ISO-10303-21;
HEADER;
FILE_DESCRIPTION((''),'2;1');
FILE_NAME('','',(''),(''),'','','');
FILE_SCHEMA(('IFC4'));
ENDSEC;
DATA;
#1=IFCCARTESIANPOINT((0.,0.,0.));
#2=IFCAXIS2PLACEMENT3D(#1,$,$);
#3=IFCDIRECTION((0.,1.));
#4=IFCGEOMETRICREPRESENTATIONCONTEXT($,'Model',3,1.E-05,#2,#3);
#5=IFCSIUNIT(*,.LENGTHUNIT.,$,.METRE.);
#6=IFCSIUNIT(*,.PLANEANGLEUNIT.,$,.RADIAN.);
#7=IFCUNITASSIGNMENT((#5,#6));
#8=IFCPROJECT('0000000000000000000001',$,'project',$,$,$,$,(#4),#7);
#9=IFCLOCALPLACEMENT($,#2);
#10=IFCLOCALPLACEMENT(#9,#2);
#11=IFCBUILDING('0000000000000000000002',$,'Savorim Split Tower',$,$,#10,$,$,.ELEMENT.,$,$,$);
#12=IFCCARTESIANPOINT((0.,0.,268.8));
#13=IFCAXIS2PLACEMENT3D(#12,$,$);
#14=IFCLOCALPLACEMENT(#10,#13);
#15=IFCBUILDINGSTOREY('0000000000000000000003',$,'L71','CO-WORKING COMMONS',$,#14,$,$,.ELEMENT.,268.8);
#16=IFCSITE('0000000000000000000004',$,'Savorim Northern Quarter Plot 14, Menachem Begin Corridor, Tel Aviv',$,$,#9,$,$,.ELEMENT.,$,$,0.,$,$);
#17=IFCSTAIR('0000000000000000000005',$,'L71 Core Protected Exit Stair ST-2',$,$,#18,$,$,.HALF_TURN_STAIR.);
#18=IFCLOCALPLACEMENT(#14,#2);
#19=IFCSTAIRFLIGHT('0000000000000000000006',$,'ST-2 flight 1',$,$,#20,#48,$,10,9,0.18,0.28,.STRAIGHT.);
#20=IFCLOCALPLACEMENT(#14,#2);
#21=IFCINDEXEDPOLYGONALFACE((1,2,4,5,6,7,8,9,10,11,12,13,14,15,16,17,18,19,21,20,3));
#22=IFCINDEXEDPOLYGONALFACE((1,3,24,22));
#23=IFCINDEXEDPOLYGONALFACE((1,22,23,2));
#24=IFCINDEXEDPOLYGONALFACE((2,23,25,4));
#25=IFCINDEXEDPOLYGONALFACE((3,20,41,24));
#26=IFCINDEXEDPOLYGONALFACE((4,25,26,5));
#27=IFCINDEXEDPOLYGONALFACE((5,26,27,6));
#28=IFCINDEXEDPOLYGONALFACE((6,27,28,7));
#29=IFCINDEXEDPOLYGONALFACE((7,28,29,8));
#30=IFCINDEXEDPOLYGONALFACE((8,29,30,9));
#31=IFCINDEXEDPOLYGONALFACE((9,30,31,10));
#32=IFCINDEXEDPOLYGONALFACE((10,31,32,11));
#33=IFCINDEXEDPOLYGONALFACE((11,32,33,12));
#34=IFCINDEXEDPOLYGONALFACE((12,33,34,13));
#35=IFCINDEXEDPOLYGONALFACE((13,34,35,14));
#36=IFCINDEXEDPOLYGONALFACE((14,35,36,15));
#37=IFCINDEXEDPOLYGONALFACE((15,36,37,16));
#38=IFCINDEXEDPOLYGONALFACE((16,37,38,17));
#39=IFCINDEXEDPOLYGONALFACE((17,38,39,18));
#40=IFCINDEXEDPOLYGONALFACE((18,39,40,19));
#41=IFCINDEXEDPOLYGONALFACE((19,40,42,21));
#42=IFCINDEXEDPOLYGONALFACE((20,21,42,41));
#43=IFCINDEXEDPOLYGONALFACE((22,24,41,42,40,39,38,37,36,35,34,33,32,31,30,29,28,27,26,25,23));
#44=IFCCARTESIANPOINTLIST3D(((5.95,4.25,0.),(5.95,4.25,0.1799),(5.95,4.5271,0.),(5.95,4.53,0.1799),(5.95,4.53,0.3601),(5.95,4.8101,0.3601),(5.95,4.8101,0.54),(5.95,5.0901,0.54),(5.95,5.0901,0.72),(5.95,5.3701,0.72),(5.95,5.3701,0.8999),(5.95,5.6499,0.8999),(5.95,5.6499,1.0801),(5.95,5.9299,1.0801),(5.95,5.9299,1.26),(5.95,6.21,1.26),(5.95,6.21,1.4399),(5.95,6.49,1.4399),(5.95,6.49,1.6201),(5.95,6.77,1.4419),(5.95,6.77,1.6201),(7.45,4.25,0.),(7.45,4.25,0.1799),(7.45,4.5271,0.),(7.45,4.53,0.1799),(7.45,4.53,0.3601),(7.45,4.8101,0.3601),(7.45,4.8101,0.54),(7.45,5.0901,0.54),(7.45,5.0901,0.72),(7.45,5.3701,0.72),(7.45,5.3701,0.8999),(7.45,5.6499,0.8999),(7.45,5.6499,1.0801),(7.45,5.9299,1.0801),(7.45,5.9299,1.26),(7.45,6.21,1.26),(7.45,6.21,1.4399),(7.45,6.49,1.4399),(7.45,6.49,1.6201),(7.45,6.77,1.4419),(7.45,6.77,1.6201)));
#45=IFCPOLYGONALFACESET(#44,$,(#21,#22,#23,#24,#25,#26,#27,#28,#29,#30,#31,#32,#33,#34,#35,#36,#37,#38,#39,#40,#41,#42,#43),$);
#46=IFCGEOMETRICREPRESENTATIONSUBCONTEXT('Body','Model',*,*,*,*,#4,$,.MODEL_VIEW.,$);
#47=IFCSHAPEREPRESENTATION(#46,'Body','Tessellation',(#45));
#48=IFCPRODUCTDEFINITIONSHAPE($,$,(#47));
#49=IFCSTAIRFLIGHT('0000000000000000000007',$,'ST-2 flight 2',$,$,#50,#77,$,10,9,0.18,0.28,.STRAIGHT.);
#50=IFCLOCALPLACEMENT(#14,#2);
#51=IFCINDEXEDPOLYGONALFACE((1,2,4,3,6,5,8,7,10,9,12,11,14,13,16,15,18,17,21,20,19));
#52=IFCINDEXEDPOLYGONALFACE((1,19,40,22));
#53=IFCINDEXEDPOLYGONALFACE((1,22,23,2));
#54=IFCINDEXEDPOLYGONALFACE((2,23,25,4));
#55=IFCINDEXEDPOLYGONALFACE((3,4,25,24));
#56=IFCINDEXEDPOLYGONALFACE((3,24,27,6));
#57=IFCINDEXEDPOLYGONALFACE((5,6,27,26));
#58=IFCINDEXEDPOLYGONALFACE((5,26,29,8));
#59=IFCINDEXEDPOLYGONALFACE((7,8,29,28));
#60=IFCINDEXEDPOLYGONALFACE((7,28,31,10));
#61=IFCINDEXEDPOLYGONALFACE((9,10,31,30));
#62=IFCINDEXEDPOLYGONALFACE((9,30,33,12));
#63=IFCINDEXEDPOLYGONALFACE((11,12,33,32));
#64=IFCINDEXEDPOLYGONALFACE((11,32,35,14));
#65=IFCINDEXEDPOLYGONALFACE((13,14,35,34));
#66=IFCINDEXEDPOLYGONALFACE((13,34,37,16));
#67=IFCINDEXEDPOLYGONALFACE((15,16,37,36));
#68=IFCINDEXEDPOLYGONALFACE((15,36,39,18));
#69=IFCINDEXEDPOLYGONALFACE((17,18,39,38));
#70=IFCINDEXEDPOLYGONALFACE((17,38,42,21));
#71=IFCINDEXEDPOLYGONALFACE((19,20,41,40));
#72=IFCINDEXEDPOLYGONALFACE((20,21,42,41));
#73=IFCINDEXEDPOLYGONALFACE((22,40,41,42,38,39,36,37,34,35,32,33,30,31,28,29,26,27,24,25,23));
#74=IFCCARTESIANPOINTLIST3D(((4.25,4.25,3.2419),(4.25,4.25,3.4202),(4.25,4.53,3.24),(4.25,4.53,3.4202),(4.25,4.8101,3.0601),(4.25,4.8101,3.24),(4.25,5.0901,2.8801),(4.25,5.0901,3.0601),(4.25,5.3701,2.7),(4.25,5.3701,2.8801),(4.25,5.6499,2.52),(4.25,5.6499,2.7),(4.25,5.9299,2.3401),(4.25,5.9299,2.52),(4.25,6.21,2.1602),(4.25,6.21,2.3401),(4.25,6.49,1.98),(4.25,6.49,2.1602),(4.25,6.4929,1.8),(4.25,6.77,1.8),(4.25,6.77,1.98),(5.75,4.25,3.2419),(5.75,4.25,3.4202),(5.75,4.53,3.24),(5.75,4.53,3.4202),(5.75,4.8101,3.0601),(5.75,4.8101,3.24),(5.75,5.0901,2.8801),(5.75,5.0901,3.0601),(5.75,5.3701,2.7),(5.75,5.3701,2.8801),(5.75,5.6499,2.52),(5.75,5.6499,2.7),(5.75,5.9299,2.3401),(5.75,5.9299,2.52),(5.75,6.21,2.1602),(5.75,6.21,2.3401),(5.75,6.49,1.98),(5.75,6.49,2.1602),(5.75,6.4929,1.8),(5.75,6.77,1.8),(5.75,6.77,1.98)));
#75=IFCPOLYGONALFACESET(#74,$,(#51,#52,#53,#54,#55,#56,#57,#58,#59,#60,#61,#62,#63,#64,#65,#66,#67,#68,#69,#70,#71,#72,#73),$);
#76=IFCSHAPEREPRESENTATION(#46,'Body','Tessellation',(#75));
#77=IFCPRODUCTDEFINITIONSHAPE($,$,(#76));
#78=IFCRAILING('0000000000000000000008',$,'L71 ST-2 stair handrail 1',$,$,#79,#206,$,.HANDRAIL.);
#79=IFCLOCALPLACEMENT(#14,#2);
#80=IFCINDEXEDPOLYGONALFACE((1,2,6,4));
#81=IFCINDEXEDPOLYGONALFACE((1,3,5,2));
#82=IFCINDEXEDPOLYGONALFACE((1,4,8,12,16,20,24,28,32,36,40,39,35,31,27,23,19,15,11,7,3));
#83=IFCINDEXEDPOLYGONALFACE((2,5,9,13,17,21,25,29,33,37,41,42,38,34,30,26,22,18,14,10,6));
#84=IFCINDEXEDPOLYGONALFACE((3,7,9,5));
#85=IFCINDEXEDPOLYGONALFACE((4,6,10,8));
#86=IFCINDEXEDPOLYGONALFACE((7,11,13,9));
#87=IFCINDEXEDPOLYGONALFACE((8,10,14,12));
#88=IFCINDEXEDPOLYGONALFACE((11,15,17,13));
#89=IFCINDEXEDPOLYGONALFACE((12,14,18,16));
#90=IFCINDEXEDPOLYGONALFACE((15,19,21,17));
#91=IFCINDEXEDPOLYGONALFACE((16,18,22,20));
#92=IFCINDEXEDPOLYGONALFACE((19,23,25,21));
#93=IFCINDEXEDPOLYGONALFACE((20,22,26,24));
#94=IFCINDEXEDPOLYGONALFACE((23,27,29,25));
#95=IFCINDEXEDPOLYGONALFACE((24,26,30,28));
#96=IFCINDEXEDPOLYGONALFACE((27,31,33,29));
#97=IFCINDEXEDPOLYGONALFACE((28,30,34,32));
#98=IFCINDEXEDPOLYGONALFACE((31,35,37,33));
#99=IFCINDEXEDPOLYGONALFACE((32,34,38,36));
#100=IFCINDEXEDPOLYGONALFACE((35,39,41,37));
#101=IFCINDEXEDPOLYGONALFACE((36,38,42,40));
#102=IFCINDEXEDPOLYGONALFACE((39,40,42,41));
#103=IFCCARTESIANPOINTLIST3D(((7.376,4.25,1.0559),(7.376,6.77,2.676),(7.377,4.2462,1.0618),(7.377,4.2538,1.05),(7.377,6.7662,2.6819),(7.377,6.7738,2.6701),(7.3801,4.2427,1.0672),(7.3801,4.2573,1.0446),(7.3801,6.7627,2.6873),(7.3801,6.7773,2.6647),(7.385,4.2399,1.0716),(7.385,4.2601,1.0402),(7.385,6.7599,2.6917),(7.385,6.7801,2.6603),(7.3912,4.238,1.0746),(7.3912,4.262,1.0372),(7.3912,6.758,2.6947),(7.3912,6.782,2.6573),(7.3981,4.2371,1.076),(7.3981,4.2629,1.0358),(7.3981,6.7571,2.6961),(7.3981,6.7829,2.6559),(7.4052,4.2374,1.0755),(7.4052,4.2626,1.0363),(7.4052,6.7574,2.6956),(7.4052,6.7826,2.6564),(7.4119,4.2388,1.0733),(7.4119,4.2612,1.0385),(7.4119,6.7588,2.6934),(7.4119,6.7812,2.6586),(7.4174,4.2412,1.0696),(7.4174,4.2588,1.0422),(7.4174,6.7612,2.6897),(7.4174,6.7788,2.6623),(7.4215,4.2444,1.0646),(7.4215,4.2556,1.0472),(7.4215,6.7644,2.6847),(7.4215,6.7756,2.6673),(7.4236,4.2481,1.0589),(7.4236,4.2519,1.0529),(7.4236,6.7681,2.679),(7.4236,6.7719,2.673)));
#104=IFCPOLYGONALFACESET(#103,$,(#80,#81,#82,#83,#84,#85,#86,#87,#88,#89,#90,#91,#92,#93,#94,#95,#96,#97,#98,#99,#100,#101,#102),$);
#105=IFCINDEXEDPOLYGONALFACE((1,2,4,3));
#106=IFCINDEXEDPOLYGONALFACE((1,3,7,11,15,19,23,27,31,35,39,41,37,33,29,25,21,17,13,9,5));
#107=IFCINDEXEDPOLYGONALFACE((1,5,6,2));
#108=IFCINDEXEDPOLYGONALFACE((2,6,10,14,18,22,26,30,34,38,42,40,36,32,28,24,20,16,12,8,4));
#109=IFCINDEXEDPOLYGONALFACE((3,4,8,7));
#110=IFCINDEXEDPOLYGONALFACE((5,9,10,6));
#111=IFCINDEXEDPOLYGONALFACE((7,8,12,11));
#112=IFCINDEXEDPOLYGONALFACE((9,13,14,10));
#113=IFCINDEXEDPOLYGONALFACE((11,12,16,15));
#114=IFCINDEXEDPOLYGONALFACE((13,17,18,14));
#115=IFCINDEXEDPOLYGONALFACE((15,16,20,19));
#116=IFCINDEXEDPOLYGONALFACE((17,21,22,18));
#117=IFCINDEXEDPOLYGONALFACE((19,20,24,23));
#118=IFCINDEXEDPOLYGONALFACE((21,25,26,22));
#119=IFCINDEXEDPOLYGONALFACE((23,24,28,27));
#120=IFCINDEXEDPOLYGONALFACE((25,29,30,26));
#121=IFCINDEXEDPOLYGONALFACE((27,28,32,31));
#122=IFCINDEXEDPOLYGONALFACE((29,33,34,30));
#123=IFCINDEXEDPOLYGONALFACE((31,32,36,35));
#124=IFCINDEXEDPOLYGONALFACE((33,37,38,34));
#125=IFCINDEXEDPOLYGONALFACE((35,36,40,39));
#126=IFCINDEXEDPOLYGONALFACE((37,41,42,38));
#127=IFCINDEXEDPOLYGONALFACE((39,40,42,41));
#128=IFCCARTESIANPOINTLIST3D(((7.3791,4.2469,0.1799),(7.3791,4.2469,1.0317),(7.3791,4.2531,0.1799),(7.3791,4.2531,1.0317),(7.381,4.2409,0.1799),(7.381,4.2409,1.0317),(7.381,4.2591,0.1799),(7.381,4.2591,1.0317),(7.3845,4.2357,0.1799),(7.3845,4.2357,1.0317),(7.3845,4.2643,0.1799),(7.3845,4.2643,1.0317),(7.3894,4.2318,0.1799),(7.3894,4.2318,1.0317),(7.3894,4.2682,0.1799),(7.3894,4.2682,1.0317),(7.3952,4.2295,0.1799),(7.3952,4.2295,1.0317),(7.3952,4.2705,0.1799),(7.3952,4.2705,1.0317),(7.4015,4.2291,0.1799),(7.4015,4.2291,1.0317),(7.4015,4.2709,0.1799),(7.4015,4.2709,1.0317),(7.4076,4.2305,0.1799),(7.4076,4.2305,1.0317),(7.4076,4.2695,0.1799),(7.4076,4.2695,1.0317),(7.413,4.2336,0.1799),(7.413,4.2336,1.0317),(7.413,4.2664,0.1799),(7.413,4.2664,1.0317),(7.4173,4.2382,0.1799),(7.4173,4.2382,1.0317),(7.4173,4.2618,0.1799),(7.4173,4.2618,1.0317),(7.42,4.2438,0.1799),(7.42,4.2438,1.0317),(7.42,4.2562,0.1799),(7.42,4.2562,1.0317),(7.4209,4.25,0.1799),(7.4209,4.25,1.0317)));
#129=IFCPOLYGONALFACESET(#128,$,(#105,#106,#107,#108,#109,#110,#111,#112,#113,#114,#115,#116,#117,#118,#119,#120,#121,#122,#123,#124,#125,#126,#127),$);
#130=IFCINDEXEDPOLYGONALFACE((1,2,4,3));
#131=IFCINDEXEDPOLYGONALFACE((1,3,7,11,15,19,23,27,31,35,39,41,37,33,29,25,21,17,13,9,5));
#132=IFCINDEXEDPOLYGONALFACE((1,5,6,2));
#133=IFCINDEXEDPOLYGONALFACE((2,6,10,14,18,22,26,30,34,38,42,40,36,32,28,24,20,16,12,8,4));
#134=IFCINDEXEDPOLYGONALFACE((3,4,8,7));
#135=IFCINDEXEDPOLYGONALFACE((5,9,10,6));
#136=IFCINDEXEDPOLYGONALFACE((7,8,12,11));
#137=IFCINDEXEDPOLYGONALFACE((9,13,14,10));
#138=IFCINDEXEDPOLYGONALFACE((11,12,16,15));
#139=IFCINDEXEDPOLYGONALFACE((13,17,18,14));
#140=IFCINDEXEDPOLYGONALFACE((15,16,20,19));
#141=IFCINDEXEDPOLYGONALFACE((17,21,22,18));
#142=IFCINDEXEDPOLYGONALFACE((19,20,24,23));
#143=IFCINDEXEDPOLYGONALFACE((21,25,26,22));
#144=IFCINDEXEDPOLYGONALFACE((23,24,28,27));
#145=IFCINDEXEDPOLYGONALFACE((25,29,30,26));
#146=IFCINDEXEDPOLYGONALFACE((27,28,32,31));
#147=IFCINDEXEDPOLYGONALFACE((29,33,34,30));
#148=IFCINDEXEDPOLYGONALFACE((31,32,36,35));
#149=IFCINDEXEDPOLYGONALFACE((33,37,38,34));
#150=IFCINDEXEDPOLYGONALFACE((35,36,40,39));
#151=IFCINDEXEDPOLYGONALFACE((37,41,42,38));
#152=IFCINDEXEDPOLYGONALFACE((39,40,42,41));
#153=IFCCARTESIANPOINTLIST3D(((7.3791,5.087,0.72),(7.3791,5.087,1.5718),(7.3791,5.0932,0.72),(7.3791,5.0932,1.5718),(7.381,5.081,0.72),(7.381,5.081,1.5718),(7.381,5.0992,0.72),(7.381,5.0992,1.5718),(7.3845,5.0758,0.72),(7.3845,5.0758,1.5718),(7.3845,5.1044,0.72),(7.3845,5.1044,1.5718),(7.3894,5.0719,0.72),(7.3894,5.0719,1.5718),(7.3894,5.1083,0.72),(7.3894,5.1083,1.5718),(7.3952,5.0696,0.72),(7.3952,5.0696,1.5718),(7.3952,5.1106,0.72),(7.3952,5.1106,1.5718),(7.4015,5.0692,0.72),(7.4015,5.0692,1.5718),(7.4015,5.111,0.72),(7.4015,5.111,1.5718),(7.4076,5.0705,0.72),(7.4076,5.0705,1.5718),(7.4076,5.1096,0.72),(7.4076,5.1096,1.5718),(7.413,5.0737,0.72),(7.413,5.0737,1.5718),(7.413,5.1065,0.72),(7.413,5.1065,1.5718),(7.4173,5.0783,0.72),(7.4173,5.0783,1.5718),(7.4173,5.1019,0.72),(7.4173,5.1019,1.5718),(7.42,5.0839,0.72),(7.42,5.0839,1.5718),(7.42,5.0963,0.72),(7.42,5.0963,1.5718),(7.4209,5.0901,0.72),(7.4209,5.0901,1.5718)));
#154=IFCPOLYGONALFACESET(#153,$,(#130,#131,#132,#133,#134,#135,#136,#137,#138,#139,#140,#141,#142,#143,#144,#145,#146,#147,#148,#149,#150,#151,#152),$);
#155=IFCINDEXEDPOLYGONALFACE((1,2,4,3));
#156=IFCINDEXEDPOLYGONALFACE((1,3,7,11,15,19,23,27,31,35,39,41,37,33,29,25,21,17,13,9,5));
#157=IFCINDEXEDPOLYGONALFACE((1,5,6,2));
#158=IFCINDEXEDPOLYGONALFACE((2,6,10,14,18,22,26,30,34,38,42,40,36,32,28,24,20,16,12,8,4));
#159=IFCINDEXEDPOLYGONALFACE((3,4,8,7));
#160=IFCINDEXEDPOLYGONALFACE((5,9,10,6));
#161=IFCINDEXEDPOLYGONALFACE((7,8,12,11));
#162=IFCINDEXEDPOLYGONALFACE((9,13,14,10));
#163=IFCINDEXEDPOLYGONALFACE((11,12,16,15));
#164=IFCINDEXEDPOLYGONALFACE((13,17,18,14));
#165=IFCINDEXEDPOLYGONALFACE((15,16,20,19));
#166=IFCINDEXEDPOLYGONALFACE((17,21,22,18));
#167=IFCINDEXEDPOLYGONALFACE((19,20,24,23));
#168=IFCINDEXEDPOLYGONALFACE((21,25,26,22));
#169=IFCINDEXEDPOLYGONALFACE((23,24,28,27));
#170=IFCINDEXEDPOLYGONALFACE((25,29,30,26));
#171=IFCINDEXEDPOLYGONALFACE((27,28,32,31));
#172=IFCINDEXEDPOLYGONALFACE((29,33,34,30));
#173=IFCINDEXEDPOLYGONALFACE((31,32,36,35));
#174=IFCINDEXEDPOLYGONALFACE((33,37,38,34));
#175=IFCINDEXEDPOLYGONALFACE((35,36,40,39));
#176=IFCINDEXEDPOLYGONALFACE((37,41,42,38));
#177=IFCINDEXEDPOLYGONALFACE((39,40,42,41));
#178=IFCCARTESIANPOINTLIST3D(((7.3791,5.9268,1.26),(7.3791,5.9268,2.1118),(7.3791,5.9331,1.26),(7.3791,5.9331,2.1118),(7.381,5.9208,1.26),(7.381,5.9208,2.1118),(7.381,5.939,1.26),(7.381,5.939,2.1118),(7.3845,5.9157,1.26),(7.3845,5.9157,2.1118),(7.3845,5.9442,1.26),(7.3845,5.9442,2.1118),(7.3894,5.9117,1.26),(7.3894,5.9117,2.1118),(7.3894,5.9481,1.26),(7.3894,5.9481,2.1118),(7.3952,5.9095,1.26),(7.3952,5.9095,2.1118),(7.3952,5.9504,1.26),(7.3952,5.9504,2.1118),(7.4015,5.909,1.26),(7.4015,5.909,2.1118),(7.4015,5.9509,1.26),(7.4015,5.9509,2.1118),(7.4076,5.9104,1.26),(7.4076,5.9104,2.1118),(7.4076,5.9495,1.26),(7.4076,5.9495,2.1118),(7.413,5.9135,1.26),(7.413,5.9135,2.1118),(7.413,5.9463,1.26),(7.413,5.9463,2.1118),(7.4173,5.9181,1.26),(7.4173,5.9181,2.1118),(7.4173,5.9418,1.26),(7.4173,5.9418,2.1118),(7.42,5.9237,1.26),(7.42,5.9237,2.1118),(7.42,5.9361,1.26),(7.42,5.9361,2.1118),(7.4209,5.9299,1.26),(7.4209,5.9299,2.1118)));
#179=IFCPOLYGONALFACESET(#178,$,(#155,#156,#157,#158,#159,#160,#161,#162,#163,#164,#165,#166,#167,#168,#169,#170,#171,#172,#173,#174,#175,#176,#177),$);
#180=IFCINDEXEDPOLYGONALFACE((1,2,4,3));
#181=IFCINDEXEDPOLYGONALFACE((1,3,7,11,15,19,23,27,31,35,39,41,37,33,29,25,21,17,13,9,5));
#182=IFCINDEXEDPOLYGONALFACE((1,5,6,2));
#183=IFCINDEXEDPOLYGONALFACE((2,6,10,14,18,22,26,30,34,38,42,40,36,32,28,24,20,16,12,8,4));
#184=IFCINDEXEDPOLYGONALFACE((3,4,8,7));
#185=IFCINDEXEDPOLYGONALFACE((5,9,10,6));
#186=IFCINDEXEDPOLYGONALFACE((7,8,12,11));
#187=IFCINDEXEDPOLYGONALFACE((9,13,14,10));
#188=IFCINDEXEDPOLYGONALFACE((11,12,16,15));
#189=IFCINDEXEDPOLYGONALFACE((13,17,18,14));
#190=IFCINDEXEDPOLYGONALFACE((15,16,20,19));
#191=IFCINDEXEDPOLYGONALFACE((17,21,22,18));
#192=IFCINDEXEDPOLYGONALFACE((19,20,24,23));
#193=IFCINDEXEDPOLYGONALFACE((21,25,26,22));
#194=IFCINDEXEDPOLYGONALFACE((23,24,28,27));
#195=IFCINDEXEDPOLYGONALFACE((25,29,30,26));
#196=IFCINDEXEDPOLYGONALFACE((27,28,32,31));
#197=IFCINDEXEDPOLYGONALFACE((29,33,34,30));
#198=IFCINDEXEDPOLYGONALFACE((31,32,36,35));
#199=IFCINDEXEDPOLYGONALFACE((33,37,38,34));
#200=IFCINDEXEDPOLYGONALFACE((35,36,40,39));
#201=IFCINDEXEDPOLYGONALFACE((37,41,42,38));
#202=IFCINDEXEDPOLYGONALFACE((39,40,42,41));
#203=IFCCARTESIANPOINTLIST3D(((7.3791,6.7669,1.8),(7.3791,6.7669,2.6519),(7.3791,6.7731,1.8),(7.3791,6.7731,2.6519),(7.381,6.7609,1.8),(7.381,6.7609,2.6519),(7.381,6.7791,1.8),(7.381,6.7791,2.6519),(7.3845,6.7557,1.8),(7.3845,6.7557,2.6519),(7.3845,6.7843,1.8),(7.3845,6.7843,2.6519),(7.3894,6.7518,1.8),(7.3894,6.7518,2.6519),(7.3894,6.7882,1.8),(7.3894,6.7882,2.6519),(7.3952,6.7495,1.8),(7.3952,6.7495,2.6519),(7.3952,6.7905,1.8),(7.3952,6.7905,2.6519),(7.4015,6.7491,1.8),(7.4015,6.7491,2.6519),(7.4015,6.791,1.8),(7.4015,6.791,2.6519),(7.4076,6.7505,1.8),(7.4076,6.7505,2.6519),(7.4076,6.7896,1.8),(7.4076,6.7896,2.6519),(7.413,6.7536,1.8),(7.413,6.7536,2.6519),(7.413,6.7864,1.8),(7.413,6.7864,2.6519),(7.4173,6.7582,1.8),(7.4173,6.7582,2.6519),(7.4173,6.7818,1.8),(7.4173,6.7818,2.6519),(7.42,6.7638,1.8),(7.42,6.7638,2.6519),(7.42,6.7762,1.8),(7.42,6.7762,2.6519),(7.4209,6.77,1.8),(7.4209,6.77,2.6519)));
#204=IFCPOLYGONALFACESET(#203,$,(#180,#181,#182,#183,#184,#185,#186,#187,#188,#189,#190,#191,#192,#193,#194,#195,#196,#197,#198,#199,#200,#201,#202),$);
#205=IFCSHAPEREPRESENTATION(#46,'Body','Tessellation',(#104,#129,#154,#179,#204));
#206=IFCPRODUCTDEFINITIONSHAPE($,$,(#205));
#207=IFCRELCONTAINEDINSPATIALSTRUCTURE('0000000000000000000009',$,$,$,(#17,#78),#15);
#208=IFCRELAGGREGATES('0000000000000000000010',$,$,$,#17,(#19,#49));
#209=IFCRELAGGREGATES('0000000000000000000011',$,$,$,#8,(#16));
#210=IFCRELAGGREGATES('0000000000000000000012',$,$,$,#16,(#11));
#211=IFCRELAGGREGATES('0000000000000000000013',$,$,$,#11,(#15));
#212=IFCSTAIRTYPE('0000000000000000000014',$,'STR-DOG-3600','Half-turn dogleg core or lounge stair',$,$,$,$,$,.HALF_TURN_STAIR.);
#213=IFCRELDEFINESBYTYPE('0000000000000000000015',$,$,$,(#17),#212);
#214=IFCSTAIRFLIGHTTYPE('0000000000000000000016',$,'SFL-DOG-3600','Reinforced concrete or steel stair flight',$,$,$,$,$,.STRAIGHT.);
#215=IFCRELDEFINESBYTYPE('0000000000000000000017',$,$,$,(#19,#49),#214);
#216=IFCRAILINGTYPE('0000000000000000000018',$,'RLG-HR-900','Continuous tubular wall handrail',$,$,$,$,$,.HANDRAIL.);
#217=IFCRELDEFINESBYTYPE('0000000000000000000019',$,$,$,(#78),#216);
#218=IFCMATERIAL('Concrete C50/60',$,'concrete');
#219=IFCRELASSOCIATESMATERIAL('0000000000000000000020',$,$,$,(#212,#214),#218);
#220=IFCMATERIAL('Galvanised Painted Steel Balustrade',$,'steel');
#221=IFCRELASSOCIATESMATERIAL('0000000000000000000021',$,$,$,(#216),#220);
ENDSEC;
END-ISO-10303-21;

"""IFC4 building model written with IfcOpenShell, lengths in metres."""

from ifc_helpers import new_model, si_unit, direction, frame, origin, origin_2d, place, context, subcontext, project, spatial, polyline, circle, outline, extrude, material, type_object, element, aggregate, save


model = new_model("IFC4")

# Units and contexts
model_context = context("Model", 3, precision=1e-05, world=origin(), true_north=direction((0.0, 1.0)))
body_context = subcontext(model_context, "Body", "Model", "MODEL_VIEW")
ifc_project = project(units=[si_unit("LENGTHUNIT", "METRE"), si_unit("PLANEANGLEUNIT", "RADIAN")], contexts=[model_context])

# Site, building, storey
site_placement = place(None, origin())
site = spatial("IfcSite", under=ifc_project, at=site_placement, Name="Savorim Northern Quarter Plot 14, Menachem Begin Corridor, Tel Aviv", CompositionType="ELEMENT", RefElevation=0.0)
building_placement = place(site_placement, origin())
building = spatial("IfcBuilding", under=site, at=building_placement, Name="Savorim Split Tower", CompositionType="ELEMENT")
storey_placement = place(building_placement, frame((0.0, 0.0, 268.8)))
storey = spatial("IfcBuildingStorey", under=building, at=storey_placement, Name="L71", Description="CO-WORKING COMMONS", CompositionType="ELEMENT", Elevation=268.8)

# Shared definitions
ifc_material_1 = material(Name="Concrete C50/60", Category="concrete")

# Stair, stair flights
stair_type = type_object("IfcStairType", Name="STR-DOG-3600", Description="Half-turn dogleg core or lounge stair", PredefinedType="HALF_TURN_STAIR", material=ifc_material_1)
stair_placement = place(storey_placement, origin())
stair = element("IfcStair", 1, at=stair_placement, inside=storey, type_object=stair_type, Name="L71 Core Protected Exit Stair ST-2", PredefinedType="HALF_TURN_STAIR")
stair_flight_type = type_object("IfcStairFlightType", Name="SFL-DOG-3600", Description="Reinforced concrete or steel stair flight", PredefinedType="STRAIGHT", material=ifc_material_1)
stair_flight_1_placement = place(storey_placement, frame((6.7, 4.25, 0.0), z_axis=(0.0, 0.0, 1.0), x_axis=(0.0, 1.0, 0.0)))
stair_flight_1 = element("IfcStairFlight", 2, at=stair_flight_1_placement, type_object=stair_flight_type, Name="ST-2 flight 1", NumberOfRisers=10, NumberOfTreads=9, PredefinedType="STRAIGHT", RiserHeight=0.18, TreadLength=0.28, context=body_context, shape_type="SweptSolid", body=[
    extrude(outline(polyline([(0.0, 0.0), (0.0, 0.1799), (0.28, 0.1799), (0.28, 0.3601), (0.5601, 0.3601), (0.5601, 0.54), (0.8401, 0.54), (0.8401, 0.72), (1.1201, 0.72), (1.1201, 0.8999), (1.3999, 0.8999), (1.3999, 1.0801), (1.6799, 1.0801), (1.6799, 1.26), (1.96, 1.26), (1.96, 1.4399), (2.24, 1.4399), (2.24, 1.6201), (2.52, 1.6201), (2.52, 1.8), (2.52, 1.4419), (0.2771, 0.0), (0.0, 0.0)])), frame((0.0, 0.75, 0.0), z_axis=(0.0, -1.0, 0.0), x_axis=(1.0, 0.0, 0.0)), (0.0, 0.0, 1.0), 1.5),
])
stair_flight_2_placement = place(storey_placement, frame((5.0, 6.77, 1.8), z_axis=(0.0, 0.0, 1.0), x_axis=(0.0, -1.0, 0.0)))
stair_flight_2 = element("IfcStairFlight", 3, at=stair_flight_2_placement, type_object=stair_flight_type, Name="ST-2 flight 2", NumberOfRisers=10, NumberOfTreads=9, PredefinedType="STRAIGHT", RiserHeight=0.18, TreadLength=0.28, context=body_context, shape_type="SweptSolid", body=[
    extrude(outline(polyline([(0.0, 0.0), (0.0, 0.1799), (0.28, 0.1799), (0.28, 0.3601), (0.5601, 0.3601), (0.5601, 0.54), (0.8401, 0.54), (0.8401, 0.72), (1.1201, 0.72), (1.1201, 0.8999), (1.3999, 0.8999), (1.3999, 1.0801), (1.6799, 1.0801), (1.6799, 1.26), (1.96, 1.26), (1.96, 1.4399), (2.24, 1.4399), (2.24, 1.6201), (2.52, 1.6201), (2.52, 1.8), (2.52, 1.4419), (0.2771, 0.0), (0.0, 0.0)])), frame((0.0, 0.75, 0.0), z_axis=(0.0, -1.0, 0.0), x_axis=(1.0, 0.0, 0.0)), (0.0, 0.0, 1.0), 1.5),
])
aggregate(stair, [stair_flight_1, stair_flight_2])

# Railing
ifc_material_2 = material(Name="Galvanised Painted Steel Balustrade", Category="steel")
railing_type_1 = type_object("IfcRailingType", Name="RLG-HR-900", Description="Continuous tubular wall handrail", PredefinedType="HANDRAIL", material=ifc_material_2)
railing_1_placement = place(storey_placement, frame((7.3999, 4.25, 0.1799)))
element("IfcRailing", 4, at=railing_1_placement, inside=storey, type_object=railing_type_1, Name="L71 ST-2 stair handrail 1", PredefinedType="HANDRAIL", context=body_context, shape_type="SweptSolid", body=[
    extrude(circle(Radius=0.0239, at=origin_2d()), frame((0.0, 0.0, 0.876), z_axis=(0.0, 0.841163, 0.540782), x_axis=(-1.0, 0.0, 0.0)), (0.0, 0.0, 1.0), 2.9958),
    extrude(circle(Radius=0.021, at=origin_2d()), origin(), (0.0, 0.0, 1.0), 0.8518),
    extrude(circle(Radius=0.021, at=origin_2d()), frame((0.0, 0.8401, 0.54)), (0.0, 0.0, 1.0), 0.8518),
    extrude(circle(Radius=0.021, at=origin_2d()), frame((0.0, 1.6799, 1.0801)), (0.0, 0.0, 1.0), 0.8518),
    extrude(circle(Radius=0.021, at=origin_2d()), frame((0.0, 2.52, 1.6201)), (0.0, 0.0, 1.0), 0.8518),
])

save(model, "model.ifc")
